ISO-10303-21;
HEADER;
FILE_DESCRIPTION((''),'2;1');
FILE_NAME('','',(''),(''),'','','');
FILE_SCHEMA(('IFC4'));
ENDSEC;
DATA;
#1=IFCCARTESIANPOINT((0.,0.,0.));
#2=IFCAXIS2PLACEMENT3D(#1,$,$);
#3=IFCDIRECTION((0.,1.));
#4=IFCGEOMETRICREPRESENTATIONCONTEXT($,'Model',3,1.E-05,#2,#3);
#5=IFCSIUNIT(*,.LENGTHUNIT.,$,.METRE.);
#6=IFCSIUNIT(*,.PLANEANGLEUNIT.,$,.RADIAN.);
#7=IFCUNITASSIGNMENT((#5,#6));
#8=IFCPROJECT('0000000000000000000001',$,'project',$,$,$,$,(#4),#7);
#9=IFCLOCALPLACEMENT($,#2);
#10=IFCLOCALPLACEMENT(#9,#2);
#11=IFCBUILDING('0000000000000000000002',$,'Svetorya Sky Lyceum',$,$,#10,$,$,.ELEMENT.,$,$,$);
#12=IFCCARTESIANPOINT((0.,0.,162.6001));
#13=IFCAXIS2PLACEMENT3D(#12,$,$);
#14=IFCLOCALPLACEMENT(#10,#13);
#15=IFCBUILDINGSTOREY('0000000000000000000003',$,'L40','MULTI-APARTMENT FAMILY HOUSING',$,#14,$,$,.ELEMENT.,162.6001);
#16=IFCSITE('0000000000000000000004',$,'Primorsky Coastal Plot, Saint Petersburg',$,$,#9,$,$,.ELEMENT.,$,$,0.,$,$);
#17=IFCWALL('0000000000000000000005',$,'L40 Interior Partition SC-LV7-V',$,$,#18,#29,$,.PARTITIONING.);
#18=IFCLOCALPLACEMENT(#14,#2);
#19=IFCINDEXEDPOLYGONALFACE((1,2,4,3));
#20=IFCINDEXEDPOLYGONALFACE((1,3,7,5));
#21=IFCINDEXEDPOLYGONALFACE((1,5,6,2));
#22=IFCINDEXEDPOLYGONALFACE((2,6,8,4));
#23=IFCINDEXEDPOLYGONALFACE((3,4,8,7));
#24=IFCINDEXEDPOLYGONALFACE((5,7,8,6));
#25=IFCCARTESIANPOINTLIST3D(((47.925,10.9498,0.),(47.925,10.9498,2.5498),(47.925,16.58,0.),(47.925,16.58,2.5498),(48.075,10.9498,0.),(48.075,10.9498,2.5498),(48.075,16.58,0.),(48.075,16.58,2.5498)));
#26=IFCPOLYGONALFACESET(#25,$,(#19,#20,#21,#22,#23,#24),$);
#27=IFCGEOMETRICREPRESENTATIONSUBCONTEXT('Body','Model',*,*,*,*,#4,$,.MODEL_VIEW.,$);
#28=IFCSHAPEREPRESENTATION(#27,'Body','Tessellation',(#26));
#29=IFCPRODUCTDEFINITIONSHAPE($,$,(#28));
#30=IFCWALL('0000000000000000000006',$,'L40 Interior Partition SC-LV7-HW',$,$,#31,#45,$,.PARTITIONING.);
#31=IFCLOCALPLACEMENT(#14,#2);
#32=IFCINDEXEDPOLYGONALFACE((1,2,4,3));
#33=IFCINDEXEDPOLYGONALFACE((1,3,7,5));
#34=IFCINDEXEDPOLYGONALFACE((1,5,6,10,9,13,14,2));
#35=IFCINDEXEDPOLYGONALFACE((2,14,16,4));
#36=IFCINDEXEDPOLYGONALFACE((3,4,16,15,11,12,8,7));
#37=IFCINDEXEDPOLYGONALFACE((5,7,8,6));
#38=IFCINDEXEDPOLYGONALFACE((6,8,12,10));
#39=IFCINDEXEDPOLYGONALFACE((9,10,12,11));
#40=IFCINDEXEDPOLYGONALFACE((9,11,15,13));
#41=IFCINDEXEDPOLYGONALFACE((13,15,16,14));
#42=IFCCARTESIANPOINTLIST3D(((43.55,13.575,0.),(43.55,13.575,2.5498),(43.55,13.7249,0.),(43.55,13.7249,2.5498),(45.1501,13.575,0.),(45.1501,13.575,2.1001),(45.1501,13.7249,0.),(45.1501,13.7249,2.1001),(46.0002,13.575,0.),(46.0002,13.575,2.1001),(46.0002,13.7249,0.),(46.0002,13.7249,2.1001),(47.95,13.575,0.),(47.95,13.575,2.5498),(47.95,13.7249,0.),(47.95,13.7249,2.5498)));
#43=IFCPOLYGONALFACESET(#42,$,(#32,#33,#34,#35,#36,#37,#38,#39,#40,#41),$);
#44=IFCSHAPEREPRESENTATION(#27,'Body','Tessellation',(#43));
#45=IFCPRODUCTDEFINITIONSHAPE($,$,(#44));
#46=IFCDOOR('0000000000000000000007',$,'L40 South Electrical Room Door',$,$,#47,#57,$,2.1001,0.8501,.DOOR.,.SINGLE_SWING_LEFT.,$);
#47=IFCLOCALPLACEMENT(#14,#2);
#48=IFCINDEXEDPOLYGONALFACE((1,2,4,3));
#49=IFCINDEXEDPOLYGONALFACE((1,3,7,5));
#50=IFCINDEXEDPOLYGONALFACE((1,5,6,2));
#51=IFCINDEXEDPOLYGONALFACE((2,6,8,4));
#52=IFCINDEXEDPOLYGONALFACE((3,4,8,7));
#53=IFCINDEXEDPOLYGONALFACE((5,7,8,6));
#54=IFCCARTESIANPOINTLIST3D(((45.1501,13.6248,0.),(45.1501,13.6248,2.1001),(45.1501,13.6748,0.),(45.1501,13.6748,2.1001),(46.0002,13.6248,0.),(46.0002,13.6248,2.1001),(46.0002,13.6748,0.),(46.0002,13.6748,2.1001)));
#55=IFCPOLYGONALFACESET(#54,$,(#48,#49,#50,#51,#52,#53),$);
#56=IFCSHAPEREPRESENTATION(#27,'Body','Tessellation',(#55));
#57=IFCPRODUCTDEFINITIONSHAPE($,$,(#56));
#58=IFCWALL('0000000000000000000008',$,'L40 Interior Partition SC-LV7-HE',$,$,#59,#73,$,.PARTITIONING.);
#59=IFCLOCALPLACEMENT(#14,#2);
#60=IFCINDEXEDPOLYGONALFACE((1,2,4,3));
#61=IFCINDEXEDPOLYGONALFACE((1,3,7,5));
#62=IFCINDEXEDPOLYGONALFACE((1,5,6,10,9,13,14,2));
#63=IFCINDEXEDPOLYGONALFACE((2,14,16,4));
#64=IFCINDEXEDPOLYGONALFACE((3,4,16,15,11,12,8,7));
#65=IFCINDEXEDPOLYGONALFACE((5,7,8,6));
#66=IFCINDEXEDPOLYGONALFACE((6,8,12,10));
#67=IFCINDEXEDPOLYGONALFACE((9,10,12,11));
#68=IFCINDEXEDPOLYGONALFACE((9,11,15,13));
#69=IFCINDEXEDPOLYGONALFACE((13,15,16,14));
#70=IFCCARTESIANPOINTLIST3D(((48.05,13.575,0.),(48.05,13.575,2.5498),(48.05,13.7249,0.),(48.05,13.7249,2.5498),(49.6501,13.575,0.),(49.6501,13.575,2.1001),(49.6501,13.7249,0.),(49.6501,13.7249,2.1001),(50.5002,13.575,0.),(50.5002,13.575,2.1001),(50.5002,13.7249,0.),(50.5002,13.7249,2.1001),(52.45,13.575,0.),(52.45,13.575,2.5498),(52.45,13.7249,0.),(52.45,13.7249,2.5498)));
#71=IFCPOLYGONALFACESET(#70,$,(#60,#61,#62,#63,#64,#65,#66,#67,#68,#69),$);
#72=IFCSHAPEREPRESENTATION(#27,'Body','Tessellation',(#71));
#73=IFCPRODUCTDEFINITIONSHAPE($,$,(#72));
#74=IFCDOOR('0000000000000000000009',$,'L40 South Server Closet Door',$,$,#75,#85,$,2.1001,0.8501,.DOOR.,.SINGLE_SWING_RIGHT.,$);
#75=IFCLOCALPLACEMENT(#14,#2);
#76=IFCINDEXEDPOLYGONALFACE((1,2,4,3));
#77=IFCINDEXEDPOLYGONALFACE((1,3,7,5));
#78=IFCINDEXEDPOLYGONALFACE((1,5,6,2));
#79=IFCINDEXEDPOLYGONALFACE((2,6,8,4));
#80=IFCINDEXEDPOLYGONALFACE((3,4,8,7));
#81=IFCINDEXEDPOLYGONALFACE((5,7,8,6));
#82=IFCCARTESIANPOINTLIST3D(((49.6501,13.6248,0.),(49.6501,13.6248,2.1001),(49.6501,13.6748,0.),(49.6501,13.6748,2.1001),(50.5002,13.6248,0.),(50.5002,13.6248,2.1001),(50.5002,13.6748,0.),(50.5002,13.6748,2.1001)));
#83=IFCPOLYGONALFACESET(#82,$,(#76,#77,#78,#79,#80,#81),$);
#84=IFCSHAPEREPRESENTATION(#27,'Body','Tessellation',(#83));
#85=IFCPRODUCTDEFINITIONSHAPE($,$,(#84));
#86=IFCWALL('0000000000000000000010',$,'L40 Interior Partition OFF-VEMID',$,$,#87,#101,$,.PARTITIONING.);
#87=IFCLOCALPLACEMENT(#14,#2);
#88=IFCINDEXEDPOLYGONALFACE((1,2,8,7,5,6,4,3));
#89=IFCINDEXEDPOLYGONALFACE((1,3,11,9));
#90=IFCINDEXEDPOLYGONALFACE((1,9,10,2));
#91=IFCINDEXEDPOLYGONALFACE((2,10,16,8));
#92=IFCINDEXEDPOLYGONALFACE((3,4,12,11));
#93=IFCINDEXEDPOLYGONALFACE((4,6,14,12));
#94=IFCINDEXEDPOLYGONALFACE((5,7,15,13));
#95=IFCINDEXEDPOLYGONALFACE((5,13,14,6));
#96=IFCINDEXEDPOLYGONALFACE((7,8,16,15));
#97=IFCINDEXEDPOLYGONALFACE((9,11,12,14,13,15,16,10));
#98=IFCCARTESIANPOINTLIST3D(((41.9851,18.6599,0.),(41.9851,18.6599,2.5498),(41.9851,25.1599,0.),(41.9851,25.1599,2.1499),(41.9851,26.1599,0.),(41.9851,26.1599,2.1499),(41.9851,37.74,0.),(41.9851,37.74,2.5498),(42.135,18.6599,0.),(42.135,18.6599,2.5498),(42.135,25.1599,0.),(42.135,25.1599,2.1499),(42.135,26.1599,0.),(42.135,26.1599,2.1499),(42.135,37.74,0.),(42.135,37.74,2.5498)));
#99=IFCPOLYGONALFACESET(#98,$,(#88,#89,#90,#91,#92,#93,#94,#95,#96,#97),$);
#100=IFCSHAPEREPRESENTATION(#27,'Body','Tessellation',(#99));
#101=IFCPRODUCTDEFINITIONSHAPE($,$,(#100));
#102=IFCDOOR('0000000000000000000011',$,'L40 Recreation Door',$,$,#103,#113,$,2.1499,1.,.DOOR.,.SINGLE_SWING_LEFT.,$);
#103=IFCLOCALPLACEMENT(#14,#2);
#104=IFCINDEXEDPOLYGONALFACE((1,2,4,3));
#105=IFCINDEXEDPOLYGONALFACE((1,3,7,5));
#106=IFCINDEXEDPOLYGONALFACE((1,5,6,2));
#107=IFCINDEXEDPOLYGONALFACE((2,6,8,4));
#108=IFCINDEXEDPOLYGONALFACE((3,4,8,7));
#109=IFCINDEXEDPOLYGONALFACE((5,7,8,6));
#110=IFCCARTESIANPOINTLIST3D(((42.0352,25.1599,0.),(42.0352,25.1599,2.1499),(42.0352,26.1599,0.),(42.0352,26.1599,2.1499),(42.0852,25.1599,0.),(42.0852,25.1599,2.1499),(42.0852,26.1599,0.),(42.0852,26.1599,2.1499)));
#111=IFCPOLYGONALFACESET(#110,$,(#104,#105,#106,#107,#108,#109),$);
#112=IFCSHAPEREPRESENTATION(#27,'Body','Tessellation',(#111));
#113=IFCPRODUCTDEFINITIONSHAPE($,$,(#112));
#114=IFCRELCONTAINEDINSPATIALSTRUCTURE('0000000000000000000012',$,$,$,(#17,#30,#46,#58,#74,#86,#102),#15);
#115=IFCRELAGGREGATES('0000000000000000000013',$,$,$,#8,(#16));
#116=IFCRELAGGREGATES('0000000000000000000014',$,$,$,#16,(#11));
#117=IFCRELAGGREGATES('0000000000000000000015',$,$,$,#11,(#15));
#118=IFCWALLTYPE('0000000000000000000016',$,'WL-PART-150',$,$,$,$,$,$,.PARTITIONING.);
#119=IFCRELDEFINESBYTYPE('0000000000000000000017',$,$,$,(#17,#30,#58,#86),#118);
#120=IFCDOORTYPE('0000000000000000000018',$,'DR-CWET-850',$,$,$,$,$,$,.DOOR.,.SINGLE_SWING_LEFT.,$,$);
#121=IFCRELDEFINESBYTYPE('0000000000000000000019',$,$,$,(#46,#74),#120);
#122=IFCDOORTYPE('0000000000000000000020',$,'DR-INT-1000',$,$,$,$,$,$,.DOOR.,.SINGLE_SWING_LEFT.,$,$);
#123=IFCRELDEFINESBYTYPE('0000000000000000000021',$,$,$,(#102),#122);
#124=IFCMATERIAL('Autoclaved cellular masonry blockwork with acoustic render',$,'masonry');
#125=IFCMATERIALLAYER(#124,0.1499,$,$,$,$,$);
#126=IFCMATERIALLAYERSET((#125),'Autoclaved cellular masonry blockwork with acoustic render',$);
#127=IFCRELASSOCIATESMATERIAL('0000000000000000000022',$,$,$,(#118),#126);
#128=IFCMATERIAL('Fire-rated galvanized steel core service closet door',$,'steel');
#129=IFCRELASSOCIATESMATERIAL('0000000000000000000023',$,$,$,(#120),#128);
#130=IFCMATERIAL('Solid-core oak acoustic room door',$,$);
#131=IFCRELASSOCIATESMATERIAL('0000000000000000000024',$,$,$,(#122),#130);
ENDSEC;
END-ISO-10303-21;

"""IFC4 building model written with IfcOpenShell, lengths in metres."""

from ifc_helpers import new_model, si_unit, direction, frame, frame_2d, origin, place, context, subcontext, project, spatial, rectangle, extrude, material, layer, layer_set, type_object, element, fill, save


model = new_model("IFC4")

# Units and contexts
model_context = context("Model", 3, precision=1e-05, world=origin(), true_north=direction((0.0, 1.0)))
body_context = subcontext(model_context, "Body", "Model", "MODEL_VIEW")
ifc_project = project(units=[si_unit("LENGTHUNIT", "METRE"), si_unit("PLANEANGLEUNIT", "RADIAN")], contexts=[model_context])

# Site, building, storey
site_placement = place(None, origin())
site = spatial("IfcSite", under=ifc_project, at=site_placement, Name="Primorsky Coastal Plot, Saint Petersburg", CompositionType="ELEMENT", RefElevation=0.0)
building_placement = place(site_placement, origin())
building = spatial("IfcBuilding", under=site, at=building_placement, Name="Svetorya Sky Lyceum", CompositionType="ELEMENT")
storey_placement = place(building_placement, frame((0.0, 0.0, 162.6001)))
storey = spatial("IfcBuildingStorey", under=building, at=storey_placement, Name="L40", Description="MULTI-APARTMENT FAMILY HOUSING", CompositionType="ELEMENT", Elevation=162.6001)

# Wall
ifc_material_1 = material(Name="Autoclaved cellular masonry blockwork with acoustic render", Category="masonry")
ifc_layer_1 = layer(ifc_material_1, 0.1499)
ifc_layer_set_1 = layer_set([ifc_layer_1], Name="Autoclaved cellular masonry blockwork with acoustic render")
wall_type_1 = type_object("IfcWallType", Name="WL-PART-150", PredefinedType="PARTITIONING", material=ifc_layer_set_1)
wall_1_placement = place(storey_placement, frame((48.0, 10.95, 0.0), z_axis=(0.0, 0.0, 1.0), x_axis=(0.0, 1.0, 0.0)))
element("IfcWall", 1, at=wall_1_placement, inside=storey, type_object=wall_type_1, Name="L40 Interior Partition SC-LV7-V", PredefinedType="PARTITIONING", context=body_context, shape_type="SweptSolid", body=[
    extrude(rectangle(XDim=5.6301, YDim=0.1499, at=frame_2d((2.8149, 0.0))), origin(), (0.0, 0.0, 1.0), 2.5498),
])

# Walls, openings, doors
wall_2_placement = place(storey_placement, frame((43.55, 13.6499, 0.0), z_axis=(0.0, 0.0, 1.0), x_axis=(1.0, 0.0, 0.0)))
wall_2 = element("IfcWall", 2, at=wall_2_placement, inside=storey, type_object=wall_type_1, Name="L40 Interior Partition SC-LV7-HW", PredefinedType="PARTITIONING", context=body_context, shape_type="SweptSolid", body=[
    extrude(rectangle(XDim=4.3999, YDim=0.1499, at=frame_2d((2.2, 0.0))), origin(), (0.0, 0.0, 1.0), 2.5498),
])
opening_1_placement = place(wall_2_placement, frame((1.6001, 0.0, 0.0)))
opening_1 = element("IfcOpeningElement", 3, at=opening_1_placement, cuts=wall_2, PredefinedType="OPENING", context=body_context, shape_type="SweptSolid", body=[
    extrude(rectangle(XDim=0.8501, YDim=2.1001, at=frame_2d((0.425, 1.05))), frame((0.0, 0.085, 0.0), z_axis=(0.0, -1.0, 0.0), x_axis=(1.0, 0.0, 0.0)), (0.0, 0.0, 1.0), 0.1699),
])
ifc_material_2 = material(Name="Fire-rated galvanized steel core service closet door", Category="steel")
door_type_1 = type_object("IfcDoorType", Name="DR-CWET-850", OperationType="SINGLE_SWING_LEFT", PredefinedType="DOOR", material=ifc_material_2)
door_1_placement = place(opening_1_placement, origin())
door_1 = element("IfcDoor", 4, at=door_1_placement, inside=storey, type_object=door_type_1, Name="L40 South Electrical Room Door", OperationType="SINGLE_SWING_LEFT", OverallHeight=2.1001, OverallWidth=0.8501, PredefinedType="DOOR", context=body_context, shape_type="SweptSolid", body=[
    extrude(rectangle(XDim=0.8501, YDim=2.1001, at=frame_2d((0.425, 1.05))), frame((0.0, 0.0249, 0.0), z_axis=(0.0, -1.0, 0.0), x_axis=(1.0, 0.0, 0.0)), (0.0, 0.0, 1.0), 0.05),
])
fill(opening_1, door_1)
wall_3_placement = place(storey_placement, frame((48.05, 13.6499, 0.0), z_axis=(0.0, 0.0, 1.0), x_axis=(1.0, 0.0, 0.0)))
wall_3 = element("IfcWall", 5, at=wall_3_placement, inside=storey, type_object=wall_type_1, Name="L40 Interior Partition SC-LV7-HE", PredefinedType="PARTITIONING", context=body_context, shape_type="SweptSolid", body=[
    extrude(rectangle(XDim=4.3999, YDim=0.1499, at=frame_2d((2.2, 0.0))), origin(), (0.0, 0.0, 1.0), 2.5498),
])
opening_2_placement = place(wall_3_placement, frame((1.6001, 0.0, 0.0)))
opening_2 = element("IfcOpeningElement", 6, at=opening_2_placement, cuts=wall_3, PredefinedType="OPENING", context=body_context, shape_type="SweptSolid", body=[
    extrude(rectangle(XDim=0.8501, YDim=2.1001, at=frame_2d((0.425, 1.05))), frame((0.0, 0.085, 0.0), z_axis=(0.0, -1.0, 0.0), x_axis=(1.0, 0.0, 0.0)), (0.0, 0.0, 1.0), 0.1699),
])
door_2_placement = place(opening_2_placement, origin())
door_2 = element("IfcDoor", 7, at=door_2_placement, inside=storey, type_object=door_type_1, Name="L40 South Server Closet Door", OperationType="SINGLE_SWING_RIGHT", OverallHeight=2.1001, OverallWidth=0.8501, PredefinedType="DOOR", context=body_context, shape_type="SweptSolid", body=[
    extrude(rectangle(XDim=0.8501, YDim=2.1001, at=frame_2d((0.425, 1.05))), frame((0.0, 0.0249, 0.0), z_axis=(0.0, -1.0, 0.0), x_axis=(1.0, 0.0, 0.0)), (0.0, 0.0, 1.0), 0.05),
])
fill(opening_2, door_2)
wall_4_placement = place(storey_placement, frame((42.0601, 18.6599, 0.0), z_axis=(0.0, 0.0, 1.0), x_axis=(0.0, 1.0, 0.0)))
wall_4 = element("IfcWall", 8, at=wall_4_placement, inside=storey, type_object=wall_type_1, Name="L40 Interior Partition OFF-VEMID", PredefinedType="PARTITIONING", context=body_context, shape_type="SweptSolid", body=[
    extrude(rectangle(XDim=19.0801, YDim=0.1499, at=frame_2d((9.54, 0.0))), origin(), (0.0, 0.0, 1.0), 2.5498),
])
opening_3_placement = place(wall_4_placement, frame((6.5, 0.0, 0.0)))
opening_3 = element("IfcOpeningElement", 9, at=opening_3_placement, cuts=wall_4, PredefinedType="OPENING", context=body_context, shape_type="SweptSolid", body=[
    extrude(rectangle(XDim=1.0, YDim=2.1499, at=frame_2d((0.5, 1.075))), frame((0.0, 0.085, 0.0), z_axis=(0.0, -1.0, 0.0), x_axis=(1.0, 0.0, 0.0)), (0.0, 0.0, 1.0), 0.1699),
])
ifc_material_3 = material(Name="Solid-core oak acoustic room door")
door_type_2 = type_object("IfcDoorType", Name="DR-INT-1000", OperationType="SINGLE_SWING_LEFT", PredefinedType="DOOR", material=ifc_material_3)
door_3_placement = place(opening_3_placement, origin())
door_3 = element("IfcDoor", 10, at=door_3_placement, inside=storey, type_object=door_type_2, Name="L40 Recreation Door", OperationType="SINGLE_SWING_LEFT", OverallHeight=2.1499, OverallWidth=1.0, PredefinedType="DOOR", context=body_context, shape_type="SweptSolid", body=[
    extrude(rectangle(XDim=1.0, YDim=2.1499, at=frame_2d((0.5, 1.075))), frame((0.0, 0.0249, 0.0), z_axis=(0.0, -1.0, 0.0), x_axis=(1.0, 0.0, 0.0)), (0.0, 0.0, 1.0), 0.05),
])
fill(opening_3, door_3)

save(model, "model.ifc")
